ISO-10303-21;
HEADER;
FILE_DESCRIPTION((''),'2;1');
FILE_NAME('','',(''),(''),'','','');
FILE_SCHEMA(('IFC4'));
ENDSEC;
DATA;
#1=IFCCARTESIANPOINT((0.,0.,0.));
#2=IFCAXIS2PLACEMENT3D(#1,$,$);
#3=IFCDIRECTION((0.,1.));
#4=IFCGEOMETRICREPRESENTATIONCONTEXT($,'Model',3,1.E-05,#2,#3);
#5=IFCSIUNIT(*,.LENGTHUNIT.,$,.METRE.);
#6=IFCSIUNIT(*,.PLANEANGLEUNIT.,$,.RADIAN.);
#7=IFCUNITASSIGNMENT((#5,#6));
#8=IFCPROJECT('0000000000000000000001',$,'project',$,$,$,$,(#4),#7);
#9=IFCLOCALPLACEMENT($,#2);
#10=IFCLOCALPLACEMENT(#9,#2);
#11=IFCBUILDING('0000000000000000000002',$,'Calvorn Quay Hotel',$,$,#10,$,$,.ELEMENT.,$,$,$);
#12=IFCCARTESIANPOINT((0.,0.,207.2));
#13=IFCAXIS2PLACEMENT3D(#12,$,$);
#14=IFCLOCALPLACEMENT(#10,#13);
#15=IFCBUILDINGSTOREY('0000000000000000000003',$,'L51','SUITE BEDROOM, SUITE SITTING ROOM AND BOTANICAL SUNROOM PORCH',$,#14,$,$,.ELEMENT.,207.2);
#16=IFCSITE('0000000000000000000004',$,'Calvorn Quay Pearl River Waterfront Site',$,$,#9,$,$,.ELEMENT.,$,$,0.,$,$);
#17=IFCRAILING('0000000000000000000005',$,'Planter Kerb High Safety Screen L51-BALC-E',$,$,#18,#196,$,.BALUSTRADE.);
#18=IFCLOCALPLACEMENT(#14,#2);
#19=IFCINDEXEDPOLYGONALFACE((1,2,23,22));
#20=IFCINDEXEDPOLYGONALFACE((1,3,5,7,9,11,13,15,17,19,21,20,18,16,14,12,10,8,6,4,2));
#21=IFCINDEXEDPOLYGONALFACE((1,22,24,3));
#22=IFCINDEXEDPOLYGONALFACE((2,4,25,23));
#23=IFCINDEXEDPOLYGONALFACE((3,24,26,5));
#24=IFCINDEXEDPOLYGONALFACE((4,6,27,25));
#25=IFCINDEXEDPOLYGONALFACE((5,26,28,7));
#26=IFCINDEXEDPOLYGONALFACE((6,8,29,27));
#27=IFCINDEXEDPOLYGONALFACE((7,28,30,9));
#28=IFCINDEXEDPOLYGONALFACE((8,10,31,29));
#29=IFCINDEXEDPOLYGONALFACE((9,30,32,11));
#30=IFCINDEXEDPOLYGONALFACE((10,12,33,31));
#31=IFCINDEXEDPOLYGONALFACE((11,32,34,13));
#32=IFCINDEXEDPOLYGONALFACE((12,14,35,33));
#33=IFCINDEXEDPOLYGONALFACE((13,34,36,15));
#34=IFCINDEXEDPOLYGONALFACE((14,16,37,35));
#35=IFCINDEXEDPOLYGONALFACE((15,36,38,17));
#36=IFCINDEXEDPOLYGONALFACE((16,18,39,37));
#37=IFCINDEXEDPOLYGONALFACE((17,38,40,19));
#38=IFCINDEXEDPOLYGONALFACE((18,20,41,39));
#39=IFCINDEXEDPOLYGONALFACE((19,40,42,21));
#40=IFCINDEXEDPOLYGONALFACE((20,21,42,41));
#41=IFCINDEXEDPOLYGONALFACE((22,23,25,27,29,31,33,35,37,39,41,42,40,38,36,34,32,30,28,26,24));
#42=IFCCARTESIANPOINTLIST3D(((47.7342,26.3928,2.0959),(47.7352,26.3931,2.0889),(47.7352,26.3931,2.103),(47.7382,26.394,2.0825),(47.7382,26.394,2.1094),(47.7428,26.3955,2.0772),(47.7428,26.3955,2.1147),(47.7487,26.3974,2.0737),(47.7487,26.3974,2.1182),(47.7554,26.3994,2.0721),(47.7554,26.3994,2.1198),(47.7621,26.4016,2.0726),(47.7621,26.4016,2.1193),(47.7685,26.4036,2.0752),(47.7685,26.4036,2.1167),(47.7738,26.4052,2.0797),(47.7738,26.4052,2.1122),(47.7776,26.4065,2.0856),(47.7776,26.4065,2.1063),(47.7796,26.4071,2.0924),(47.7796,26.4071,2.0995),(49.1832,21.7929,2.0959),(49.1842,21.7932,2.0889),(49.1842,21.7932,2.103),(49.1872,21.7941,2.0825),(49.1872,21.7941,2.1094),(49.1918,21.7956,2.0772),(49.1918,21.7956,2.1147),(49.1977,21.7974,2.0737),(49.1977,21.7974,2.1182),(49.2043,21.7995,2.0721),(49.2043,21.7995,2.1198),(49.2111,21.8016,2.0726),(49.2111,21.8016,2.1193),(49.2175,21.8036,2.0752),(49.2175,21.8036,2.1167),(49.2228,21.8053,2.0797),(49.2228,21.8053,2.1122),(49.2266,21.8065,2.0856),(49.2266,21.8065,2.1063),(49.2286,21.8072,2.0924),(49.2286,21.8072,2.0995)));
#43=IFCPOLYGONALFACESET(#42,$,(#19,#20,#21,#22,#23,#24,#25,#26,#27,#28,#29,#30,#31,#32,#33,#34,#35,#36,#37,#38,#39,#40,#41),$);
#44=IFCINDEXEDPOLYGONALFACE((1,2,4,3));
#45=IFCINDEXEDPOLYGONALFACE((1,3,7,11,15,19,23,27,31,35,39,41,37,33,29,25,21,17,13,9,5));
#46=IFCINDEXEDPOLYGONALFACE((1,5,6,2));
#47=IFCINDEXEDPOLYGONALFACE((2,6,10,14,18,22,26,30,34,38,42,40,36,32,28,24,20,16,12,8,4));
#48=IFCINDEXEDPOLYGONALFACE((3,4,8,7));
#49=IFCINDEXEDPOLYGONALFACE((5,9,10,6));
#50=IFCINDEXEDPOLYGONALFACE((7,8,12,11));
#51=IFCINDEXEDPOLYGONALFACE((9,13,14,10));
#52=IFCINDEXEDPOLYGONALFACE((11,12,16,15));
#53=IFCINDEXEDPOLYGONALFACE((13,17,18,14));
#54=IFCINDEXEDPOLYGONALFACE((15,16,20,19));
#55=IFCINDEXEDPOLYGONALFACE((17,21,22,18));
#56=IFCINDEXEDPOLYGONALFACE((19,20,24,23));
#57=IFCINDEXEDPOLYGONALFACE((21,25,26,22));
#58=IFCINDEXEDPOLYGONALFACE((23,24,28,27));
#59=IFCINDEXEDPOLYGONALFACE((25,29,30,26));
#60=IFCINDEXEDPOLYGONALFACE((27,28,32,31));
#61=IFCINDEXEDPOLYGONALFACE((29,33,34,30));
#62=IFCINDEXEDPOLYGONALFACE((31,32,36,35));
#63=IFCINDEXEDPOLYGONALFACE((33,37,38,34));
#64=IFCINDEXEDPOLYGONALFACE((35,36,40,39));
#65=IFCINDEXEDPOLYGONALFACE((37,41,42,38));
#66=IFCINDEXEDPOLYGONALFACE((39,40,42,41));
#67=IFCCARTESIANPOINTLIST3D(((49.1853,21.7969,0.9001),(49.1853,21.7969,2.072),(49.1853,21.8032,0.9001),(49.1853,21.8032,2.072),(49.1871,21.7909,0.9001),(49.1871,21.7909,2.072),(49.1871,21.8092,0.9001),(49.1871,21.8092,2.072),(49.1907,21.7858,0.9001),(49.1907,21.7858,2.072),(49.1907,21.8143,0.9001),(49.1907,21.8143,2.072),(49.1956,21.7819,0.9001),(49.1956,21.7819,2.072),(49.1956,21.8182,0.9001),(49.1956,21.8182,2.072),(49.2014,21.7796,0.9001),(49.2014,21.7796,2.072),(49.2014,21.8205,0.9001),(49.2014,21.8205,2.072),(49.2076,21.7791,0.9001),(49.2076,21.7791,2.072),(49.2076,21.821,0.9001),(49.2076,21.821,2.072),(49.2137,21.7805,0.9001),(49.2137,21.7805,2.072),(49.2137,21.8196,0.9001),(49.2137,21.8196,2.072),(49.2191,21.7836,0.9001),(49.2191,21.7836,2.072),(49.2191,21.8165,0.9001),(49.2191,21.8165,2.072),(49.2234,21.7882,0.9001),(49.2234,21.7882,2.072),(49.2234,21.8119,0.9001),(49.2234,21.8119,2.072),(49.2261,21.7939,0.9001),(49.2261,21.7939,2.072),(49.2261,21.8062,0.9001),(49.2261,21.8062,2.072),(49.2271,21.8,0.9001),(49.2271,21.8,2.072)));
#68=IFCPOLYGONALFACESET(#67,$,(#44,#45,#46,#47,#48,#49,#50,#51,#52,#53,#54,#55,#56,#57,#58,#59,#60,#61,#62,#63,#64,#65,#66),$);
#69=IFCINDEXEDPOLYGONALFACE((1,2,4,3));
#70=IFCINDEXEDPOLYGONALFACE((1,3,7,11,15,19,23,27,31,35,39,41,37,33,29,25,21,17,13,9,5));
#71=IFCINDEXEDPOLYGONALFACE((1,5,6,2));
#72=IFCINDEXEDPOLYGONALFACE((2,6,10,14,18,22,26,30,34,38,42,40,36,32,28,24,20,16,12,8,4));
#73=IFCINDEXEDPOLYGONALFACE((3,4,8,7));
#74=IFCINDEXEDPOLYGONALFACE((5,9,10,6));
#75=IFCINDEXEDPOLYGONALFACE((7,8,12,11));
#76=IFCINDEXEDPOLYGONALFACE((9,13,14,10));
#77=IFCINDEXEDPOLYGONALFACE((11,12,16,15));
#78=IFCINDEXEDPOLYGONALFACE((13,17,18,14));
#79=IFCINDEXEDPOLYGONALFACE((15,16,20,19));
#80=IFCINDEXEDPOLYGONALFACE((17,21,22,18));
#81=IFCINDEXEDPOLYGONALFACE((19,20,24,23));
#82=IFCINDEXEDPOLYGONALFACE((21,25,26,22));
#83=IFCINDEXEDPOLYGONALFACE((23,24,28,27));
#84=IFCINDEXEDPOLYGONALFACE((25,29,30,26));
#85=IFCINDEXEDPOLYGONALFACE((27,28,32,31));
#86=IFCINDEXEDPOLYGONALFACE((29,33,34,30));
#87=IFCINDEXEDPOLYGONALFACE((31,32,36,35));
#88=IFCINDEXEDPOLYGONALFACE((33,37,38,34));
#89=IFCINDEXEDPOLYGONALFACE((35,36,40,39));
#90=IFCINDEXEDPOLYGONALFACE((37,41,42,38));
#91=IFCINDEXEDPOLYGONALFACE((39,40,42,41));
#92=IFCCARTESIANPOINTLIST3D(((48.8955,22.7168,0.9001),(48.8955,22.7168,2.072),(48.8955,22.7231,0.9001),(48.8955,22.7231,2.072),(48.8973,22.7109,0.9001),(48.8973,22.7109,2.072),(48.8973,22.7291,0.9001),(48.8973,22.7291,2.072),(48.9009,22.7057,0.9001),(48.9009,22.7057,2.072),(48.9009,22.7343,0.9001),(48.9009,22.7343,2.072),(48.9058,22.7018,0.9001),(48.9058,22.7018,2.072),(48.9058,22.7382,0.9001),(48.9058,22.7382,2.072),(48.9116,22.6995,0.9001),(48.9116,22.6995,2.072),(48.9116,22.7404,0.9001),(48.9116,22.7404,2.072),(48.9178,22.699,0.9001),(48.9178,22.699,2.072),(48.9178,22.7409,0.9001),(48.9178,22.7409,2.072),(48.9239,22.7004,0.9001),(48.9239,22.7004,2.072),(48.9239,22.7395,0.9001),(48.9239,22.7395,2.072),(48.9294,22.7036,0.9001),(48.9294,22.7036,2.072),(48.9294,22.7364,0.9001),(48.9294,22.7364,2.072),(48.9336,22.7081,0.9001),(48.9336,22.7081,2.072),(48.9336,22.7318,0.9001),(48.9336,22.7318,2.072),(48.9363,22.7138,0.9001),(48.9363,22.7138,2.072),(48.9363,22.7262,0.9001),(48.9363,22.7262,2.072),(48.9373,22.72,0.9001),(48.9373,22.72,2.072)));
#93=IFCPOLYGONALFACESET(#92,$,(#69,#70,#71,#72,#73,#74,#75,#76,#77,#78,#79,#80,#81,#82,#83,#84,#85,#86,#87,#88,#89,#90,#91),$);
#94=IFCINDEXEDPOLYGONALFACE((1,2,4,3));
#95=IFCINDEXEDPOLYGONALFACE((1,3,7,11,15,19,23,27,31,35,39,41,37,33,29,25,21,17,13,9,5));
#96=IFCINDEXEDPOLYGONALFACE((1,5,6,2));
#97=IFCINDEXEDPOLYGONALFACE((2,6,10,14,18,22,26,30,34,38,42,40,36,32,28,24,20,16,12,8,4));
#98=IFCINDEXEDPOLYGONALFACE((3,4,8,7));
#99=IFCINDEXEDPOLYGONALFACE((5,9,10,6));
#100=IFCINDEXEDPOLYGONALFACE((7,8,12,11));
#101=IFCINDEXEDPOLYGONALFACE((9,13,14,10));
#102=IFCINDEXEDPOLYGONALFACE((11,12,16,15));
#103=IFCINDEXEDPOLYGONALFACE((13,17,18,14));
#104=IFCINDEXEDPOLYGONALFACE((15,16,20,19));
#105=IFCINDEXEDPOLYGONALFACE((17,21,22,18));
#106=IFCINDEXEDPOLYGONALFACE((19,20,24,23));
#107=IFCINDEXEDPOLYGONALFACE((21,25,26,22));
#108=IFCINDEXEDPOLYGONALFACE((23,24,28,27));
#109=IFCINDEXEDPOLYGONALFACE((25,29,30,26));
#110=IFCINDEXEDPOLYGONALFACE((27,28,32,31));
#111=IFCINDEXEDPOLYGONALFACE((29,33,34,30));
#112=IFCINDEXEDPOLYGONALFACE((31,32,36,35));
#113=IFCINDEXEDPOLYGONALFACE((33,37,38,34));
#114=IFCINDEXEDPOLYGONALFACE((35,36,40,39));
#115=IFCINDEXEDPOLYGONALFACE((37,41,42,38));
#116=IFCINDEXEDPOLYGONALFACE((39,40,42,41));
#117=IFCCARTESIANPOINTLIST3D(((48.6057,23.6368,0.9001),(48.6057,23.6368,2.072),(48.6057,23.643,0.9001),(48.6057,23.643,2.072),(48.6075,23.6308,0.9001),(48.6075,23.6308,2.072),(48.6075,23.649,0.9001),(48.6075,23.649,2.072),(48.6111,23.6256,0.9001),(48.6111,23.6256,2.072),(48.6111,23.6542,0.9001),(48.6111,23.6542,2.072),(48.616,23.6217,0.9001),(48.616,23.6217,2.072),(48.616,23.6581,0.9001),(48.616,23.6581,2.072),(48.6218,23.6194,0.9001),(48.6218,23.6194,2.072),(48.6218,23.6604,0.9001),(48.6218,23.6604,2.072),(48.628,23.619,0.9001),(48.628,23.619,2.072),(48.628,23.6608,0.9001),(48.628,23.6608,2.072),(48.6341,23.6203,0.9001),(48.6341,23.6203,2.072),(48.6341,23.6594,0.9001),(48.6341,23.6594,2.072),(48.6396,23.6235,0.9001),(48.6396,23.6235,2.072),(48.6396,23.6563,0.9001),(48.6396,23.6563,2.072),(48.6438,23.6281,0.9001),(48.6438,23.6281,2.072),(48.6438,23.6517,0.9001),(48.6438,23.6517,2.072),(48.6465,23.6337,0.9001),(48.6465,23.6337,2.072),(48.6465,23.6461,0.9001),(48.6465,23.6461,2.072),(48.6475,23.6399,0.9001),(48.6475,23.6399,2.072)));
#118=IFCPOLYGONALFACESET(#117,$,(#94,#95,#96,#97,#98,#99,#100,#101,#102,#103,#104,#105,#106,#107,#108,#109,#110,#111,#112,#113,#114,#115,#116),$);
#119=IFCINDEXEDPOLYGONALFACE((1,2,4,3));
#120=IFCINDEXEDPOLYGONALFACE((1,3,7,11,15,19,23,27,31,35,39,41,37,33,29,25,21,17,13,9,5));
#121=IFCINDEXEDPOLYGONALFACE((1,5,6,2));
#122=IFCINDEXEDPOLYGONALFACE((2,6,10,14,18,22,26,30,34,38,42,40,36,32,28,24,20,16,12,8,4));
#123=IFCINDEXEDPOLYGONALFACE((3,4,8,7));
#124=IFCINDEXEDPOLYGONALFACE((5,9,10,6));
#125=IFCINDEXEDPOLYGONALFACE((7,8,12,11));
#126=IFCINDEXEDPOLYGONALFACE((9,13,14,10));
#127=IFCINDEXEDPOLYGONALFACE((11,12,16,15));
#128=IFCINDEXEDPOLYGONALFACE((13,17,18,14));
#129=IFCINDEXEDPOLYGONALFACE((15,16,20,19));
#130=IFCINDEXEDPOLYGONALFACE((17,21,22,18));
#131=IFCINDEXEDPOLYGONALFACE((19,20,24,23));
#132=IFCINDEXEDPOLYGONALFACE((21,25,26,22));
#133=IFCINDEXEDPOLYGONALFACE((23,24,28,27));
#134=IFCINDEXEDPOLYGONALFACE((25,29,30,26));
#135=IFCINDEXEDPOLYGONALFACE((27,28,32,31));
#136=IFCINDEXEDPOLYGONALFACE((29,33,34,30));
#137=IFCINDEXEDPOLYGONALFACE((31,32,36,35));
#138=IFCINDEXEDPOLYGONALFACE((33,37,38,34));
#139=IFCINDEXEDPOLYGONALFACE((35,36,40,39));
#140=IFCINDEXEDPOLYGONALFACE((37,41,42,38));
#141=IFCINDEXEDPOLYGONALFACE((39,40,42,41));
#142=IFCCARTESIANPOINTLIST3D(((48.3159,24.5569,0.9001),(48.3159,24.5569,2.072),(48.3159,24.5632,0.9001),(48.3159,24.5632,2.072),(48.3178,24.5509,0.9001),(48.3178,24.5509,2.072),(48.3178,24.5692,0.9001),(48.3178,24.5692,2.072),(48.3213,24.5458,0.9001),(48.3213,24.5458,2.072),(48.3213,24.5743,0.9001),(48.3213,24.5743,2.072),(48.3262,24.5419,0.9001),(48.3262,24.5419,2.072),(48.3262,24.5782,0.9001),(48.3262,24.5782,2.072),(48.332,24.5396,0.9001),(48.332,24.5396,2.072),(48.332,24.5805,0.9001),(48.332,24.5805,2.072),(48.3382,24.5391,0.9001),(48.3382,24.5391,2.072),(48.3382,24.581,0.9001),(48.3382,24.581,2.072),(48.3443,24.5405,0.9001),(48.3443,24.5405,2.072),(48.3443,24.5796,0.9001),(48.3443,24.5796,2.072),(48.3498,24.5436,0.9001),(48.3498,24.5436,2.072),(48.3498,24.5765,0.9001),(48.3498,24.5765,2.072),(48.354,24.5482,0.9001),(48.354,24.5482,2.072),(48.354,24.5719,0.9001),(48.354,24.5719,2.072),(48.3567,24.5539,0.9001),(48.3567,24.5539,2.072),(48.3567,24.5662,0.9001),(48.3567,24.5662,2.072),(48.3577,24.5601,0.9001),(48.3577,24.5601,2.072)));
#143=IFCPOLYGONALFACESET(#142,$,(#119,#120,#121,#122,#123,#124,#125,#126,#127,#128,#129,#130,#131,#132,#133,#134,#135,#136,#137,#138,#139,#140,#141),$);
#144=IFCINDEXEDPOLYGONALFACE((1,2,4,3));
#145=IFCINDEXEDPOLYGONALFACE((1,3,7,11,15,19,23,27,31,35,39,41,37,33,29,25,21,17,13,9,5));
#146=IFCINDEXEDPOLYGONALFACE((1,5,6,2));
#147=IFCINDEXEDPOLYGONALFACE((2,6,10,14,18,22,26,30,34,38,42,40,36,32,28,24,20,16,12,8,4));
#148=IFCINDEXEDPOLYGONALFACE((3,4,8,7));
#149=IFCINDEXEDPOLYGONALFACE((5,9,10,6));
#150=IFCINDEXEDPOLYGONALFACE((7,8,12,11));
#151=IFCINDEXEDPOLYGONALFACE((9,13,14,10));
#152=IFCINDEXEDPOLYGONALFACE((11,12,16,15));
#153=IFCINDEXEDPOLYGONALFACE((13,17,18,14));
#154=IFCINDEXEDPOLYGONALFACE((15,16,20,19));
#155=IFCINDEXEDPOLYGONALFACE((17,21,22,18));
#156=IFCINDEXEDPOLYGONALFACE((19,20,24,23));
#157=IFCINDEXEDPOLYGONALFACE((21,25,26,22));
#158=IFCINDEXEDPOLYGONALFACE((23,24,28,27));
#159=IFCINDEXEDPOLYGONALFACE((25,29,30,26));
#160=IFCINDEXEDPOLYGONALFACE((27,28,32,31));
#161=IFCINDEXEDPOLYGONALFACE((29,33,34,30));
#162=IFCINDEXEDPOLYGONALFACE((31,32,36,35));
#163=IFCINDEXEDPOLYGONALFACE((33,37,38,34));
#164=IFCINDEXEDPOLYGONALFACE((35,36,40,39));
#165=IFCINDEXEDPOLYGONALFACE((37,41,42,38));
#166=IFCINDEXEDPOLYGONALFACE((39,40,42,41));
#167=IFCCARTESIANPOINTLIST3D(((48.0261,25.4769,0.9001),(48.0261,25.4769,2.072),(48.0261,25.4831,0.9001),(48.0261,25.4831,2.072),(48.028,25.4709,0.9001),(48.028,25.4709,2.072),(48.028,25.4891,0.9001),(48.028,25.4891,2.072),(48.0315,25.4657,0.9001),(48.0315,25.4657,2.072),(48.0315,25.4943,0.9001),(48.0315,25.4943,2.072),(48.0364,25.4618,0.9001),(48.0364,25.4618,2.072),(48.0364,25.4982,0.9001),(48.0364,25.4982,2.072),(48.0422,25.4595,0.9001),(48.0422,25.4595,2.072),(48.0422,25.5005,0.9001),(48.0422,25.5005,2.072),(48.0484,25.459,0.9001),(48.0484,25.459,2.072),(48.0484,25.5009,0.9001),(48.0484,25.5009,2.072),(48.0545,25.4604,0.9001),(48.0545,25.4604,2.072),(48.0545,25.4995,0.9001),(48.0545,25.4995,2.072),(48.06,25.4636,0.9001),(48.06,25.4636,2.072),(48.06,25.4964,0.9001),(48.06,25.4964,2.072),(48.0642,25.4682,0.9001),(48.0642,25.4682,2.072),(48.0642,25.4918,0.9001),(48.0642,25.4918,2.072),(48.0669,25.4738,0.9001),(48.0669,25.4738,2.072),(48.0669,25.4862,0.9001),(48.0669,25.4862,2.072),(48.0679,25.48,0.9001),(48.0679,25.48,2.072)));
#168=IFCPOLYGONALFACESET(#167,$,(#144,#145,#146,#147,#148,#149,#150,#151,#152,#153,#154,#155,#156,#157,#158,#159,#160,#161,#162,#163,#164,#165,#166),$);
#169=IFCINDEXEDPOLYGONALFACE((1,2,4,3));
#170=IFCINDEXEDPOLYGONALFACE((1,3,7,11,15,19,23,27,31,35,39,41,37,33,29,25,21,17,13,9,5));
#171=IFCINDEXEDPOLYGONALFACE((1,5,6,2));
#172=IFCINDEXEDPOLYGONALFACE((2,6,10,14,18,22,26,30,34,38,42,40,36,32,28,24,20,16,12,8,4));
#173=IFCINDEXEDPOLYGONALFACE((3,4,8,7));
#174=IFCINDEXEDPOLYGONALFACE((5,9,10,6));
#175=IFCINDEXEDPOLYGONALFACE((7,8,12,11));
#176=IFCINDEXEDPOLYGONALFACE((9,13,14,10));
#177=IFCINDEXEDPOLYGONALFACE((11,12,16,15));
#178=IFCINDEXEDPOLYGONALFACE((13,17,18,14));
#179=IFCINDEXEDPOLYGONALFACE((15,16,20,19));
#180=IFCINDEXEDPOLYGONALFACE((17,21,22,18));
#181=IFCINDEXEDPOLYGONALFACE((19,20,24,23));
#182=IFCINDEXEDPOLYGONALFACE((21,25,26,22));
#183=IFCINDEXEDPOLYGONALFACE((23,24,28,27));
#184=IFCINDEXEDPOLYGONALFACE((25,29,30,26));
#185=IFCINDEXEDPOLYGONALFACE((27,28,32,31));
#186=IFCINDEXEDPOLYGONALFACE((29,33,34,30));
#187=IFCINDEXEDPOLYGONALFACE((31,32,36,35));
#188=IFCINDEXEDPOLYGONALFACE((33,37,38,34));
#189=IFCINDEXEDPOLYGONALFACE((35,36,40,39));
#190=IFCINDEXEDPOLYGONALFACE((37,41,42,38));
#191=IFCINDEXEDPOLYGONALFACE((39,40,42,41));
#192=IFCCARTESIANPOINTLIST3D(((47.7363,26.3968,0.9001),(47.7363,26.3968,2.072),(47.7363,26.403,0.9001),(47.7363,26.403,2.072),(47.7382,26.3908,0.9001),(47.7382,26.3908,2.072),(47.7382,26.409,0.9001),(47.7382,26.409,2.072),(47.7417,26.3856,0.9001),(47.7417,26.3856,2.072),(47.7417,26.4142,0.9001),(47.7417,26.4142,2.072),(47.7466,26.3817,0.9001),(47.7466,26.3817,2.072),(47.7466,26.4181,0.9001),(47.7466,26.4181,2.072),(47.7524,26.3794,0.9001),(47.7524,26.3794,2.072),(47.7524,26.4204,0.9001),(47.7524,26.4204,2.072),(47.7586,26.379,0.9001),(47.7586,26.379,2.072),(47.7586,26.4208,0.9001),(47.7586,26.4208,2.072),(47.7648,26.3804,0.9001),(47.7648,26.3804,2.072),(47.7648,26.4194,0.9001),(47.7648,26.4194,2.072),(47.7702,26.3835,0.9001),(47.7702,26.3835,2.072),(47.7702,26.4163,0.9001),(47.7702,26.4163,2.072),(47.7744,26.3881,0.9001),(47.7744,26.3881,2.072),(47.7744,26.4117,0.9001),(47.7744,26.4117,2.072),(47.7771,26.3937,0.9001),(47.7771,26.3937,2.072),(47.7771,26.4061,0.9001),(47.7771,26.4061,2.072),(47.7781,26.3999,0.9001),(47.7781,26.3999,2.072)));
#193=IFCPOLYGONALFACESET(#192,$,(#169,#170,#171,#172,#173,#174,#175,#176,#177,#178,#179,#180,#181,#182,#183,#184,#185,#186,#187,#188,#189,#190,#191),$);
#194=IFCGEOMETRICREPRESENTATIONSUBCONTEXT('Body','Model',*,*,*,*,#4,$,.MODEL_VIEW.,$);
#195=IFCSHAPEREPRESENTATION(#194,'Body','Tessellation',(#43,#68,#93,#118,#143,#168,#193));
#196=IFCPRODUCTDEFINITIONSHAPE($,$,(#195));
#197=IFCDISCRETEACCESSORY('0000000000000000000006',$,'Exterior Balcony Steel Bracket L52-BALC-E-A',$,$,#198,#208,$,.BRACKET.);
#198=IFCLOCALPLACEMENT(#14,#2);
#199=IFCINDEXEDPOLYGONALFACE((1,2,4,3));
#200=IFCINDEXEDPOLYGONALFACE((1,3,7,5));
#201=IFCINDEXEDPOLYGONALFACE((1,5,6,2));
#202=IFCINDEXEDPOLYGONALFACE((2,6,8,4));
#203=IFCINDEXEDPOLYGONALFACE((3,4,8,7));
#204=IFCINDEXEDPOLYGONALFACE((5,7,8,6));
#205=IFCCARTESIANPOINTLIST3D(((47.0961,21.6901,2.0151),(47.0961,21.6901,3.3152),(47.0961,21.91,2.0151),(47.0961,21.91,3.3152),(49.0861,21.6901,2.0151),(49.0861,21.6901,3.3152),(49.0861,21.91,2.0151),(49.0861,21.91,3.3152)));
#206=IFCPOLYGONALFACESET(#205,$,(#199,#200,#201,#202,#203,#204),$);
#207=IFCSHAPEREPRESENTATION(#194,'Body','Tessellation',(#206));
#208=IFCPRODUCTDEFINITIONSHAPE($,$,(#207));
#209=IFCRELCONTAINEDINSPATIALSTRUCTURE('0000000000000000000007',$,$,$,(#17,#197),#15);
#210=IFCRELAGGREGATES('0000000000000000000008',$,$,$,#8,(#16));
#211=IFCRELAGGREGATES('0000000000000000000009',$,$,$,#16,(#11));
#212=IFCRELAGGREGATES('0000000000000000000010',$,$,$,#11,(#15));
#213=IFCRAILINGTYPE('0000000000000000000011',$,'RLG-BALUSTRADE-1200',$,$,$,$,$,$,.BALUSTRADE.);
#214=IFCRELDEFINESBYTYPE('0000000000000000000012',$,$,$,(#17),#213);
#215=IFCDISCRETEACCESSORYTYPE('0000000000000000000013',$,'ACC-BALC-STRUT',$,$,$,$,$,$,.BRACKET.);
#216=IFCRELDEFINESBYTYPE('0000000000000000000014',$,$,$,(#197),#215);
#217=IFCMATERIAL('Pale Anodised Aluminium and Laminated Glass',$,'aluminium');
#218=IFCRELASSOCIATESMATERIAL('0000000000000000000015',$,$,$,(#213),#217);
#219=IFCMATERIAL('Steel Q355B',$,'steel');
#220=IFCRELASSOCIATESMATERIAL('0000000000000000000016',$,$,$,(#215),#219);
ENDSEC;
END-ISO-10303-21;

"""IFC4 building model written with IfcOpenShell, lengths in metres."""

from ifc_helpers import new_model, si_unit, direction, frame, origin, origin_2d, place, context, subcontext, project, spatial, rectangle, circle, extrude, material, type_object, element, save


model = new_model("IFC4")

# Units and contexts
model_context = context("Model", 3, precision=1e-05, world=origin(), true_north=direction((0.0, 1.0)))
body_context = subcontext(model_context, "Body", "Model", "MODEL_VIEW")
ifc_project = project(units=[si_unit("LENGTHUNIT", "METRE"), si_unit("PLANEANGLEUNIT", "RADIAN")], contexts=[model_context])

# Site, building, storey
site_placement = place(None, origin())
site = spatial("IfcSite", under=ifc_project, at=site_placement, Name="Calvorn Quay Pearl River Waterfront Site", CompositionType="ELEMENT", RefElevation=0.0)
building_placement = place(site_placement, origin())
building = spatial("IfcBuilding", under=site, at=building_placement, Name="Calvorn Quay Hotel", CompositionType="ELEMENT")
storey_placement = place(building_placement, frame((0.0, 0.0, 207.2)))
storey = spatial("IfcBuildingStorey", under=building, at=storey_placement, Name="L51", Description="SUITE BEDROOM, SUITE SITTING ROOM AND BOTANICAL SUNROOM PORCH", CompositionType="ELEMENT", Elevation=207.2)

# Railing
ifc_material_1 = material(Name="Pale Anodised Aluminium and Laminated Glass", Category="aluminium")
railing_type = type_object("IfcRailingType", Name="RLG-BALUSTRADE-1200", PredefinedType="BALUSTRADE", material=ifc_material_1)
railing_1_placement = place(storey_placement, frame((49.2061, 21.8, 0.9001)))
element("IfcRailing", 1, at=railing_1_placement, inside=storey, type_object=railing_type, Name="Planter Kerb High Safety Screen L51-BALC-E", PredefinedType="BALUSTRADE", context=body_context, shape_type="SweptSolid", body=[
    extrude(circle(Radius=0.0239, at=origin_2d()), frame((0.0, 0.0, 1.1958), z_axis=(-0.30045, 0.953797, 0.0), x_axis=(-0.953797, -0.30045, 0.0)), (0.0, 0.0, 1.0), 4.8228),
    extrude(circle(Radius=0.021, at=origin_2d()), origin(), (0.0, 0.0, 1.0), 1.1719),
    extrude(circle(Radius=0.021, at=origin_2d()), frame((-0.2898, 0.9199, 0.0)), (0.0, 0.0, 1.0), 1.1719),
    extrude(circle(Radius=0.021, at=origin_2d()), frame((-0.5796, 1.8398, 0.0)), (0.0, 0.0, 1.0), 1.1719),
    extrude(circle(Radius=0.021, at=origin_2d()), frame((-0.8694, 2.76, 0.0)), (0.0, 0.0, 1.0), 1.1719),
    extrude(circle(Radius=0.021, at=origin_2d()), frame((-1.1592, 3.6799, 0.0)), (0.0, 0.0, 1.0), 1.1719),
    extrude(circle(Radius=0.021, at=origin_2d()), frame((-1.449, 4.5999, 0.0)), (0.0, 0.0, 1.0), 1.1719),
])

# Discrete accessory
ifc_material_2 = material(Name="Steel Q355B", Category="steel")
discrete_accessory_type_1 = type_object("IfcDiscreteAccessoryType", Name="ACC-BALC-STRUT", PredefinedType="BRACKET", material=ifc_material_2)
for number, where, z_axis, x_axis, name in (
    (2, (48.0911, 21.8, 2.0151), (0.0, 0.0, 1.0), (1.0, 0.0, 0.0), "Exterior Balcony Steel Bracket L52-BALC-E-A"),
):
    element("IfcDiscreteAccessory", number, at=place(storey_placement, frame(where, z_axis=z_axis, x_axis=x_axis)), inside=storey, type_object=discrete_accessory_type_1, Name=name, PredefinedType="BRACKET", context=body_context, shape_type="SweptSolid", body=[
        extrude(rectangle(XDim=1.99, YDim=0.22, at=origin_2d()), origin(), (0.0, 0.0, 1.0), 1.3),
    ])

save(model, "model.ifc")
